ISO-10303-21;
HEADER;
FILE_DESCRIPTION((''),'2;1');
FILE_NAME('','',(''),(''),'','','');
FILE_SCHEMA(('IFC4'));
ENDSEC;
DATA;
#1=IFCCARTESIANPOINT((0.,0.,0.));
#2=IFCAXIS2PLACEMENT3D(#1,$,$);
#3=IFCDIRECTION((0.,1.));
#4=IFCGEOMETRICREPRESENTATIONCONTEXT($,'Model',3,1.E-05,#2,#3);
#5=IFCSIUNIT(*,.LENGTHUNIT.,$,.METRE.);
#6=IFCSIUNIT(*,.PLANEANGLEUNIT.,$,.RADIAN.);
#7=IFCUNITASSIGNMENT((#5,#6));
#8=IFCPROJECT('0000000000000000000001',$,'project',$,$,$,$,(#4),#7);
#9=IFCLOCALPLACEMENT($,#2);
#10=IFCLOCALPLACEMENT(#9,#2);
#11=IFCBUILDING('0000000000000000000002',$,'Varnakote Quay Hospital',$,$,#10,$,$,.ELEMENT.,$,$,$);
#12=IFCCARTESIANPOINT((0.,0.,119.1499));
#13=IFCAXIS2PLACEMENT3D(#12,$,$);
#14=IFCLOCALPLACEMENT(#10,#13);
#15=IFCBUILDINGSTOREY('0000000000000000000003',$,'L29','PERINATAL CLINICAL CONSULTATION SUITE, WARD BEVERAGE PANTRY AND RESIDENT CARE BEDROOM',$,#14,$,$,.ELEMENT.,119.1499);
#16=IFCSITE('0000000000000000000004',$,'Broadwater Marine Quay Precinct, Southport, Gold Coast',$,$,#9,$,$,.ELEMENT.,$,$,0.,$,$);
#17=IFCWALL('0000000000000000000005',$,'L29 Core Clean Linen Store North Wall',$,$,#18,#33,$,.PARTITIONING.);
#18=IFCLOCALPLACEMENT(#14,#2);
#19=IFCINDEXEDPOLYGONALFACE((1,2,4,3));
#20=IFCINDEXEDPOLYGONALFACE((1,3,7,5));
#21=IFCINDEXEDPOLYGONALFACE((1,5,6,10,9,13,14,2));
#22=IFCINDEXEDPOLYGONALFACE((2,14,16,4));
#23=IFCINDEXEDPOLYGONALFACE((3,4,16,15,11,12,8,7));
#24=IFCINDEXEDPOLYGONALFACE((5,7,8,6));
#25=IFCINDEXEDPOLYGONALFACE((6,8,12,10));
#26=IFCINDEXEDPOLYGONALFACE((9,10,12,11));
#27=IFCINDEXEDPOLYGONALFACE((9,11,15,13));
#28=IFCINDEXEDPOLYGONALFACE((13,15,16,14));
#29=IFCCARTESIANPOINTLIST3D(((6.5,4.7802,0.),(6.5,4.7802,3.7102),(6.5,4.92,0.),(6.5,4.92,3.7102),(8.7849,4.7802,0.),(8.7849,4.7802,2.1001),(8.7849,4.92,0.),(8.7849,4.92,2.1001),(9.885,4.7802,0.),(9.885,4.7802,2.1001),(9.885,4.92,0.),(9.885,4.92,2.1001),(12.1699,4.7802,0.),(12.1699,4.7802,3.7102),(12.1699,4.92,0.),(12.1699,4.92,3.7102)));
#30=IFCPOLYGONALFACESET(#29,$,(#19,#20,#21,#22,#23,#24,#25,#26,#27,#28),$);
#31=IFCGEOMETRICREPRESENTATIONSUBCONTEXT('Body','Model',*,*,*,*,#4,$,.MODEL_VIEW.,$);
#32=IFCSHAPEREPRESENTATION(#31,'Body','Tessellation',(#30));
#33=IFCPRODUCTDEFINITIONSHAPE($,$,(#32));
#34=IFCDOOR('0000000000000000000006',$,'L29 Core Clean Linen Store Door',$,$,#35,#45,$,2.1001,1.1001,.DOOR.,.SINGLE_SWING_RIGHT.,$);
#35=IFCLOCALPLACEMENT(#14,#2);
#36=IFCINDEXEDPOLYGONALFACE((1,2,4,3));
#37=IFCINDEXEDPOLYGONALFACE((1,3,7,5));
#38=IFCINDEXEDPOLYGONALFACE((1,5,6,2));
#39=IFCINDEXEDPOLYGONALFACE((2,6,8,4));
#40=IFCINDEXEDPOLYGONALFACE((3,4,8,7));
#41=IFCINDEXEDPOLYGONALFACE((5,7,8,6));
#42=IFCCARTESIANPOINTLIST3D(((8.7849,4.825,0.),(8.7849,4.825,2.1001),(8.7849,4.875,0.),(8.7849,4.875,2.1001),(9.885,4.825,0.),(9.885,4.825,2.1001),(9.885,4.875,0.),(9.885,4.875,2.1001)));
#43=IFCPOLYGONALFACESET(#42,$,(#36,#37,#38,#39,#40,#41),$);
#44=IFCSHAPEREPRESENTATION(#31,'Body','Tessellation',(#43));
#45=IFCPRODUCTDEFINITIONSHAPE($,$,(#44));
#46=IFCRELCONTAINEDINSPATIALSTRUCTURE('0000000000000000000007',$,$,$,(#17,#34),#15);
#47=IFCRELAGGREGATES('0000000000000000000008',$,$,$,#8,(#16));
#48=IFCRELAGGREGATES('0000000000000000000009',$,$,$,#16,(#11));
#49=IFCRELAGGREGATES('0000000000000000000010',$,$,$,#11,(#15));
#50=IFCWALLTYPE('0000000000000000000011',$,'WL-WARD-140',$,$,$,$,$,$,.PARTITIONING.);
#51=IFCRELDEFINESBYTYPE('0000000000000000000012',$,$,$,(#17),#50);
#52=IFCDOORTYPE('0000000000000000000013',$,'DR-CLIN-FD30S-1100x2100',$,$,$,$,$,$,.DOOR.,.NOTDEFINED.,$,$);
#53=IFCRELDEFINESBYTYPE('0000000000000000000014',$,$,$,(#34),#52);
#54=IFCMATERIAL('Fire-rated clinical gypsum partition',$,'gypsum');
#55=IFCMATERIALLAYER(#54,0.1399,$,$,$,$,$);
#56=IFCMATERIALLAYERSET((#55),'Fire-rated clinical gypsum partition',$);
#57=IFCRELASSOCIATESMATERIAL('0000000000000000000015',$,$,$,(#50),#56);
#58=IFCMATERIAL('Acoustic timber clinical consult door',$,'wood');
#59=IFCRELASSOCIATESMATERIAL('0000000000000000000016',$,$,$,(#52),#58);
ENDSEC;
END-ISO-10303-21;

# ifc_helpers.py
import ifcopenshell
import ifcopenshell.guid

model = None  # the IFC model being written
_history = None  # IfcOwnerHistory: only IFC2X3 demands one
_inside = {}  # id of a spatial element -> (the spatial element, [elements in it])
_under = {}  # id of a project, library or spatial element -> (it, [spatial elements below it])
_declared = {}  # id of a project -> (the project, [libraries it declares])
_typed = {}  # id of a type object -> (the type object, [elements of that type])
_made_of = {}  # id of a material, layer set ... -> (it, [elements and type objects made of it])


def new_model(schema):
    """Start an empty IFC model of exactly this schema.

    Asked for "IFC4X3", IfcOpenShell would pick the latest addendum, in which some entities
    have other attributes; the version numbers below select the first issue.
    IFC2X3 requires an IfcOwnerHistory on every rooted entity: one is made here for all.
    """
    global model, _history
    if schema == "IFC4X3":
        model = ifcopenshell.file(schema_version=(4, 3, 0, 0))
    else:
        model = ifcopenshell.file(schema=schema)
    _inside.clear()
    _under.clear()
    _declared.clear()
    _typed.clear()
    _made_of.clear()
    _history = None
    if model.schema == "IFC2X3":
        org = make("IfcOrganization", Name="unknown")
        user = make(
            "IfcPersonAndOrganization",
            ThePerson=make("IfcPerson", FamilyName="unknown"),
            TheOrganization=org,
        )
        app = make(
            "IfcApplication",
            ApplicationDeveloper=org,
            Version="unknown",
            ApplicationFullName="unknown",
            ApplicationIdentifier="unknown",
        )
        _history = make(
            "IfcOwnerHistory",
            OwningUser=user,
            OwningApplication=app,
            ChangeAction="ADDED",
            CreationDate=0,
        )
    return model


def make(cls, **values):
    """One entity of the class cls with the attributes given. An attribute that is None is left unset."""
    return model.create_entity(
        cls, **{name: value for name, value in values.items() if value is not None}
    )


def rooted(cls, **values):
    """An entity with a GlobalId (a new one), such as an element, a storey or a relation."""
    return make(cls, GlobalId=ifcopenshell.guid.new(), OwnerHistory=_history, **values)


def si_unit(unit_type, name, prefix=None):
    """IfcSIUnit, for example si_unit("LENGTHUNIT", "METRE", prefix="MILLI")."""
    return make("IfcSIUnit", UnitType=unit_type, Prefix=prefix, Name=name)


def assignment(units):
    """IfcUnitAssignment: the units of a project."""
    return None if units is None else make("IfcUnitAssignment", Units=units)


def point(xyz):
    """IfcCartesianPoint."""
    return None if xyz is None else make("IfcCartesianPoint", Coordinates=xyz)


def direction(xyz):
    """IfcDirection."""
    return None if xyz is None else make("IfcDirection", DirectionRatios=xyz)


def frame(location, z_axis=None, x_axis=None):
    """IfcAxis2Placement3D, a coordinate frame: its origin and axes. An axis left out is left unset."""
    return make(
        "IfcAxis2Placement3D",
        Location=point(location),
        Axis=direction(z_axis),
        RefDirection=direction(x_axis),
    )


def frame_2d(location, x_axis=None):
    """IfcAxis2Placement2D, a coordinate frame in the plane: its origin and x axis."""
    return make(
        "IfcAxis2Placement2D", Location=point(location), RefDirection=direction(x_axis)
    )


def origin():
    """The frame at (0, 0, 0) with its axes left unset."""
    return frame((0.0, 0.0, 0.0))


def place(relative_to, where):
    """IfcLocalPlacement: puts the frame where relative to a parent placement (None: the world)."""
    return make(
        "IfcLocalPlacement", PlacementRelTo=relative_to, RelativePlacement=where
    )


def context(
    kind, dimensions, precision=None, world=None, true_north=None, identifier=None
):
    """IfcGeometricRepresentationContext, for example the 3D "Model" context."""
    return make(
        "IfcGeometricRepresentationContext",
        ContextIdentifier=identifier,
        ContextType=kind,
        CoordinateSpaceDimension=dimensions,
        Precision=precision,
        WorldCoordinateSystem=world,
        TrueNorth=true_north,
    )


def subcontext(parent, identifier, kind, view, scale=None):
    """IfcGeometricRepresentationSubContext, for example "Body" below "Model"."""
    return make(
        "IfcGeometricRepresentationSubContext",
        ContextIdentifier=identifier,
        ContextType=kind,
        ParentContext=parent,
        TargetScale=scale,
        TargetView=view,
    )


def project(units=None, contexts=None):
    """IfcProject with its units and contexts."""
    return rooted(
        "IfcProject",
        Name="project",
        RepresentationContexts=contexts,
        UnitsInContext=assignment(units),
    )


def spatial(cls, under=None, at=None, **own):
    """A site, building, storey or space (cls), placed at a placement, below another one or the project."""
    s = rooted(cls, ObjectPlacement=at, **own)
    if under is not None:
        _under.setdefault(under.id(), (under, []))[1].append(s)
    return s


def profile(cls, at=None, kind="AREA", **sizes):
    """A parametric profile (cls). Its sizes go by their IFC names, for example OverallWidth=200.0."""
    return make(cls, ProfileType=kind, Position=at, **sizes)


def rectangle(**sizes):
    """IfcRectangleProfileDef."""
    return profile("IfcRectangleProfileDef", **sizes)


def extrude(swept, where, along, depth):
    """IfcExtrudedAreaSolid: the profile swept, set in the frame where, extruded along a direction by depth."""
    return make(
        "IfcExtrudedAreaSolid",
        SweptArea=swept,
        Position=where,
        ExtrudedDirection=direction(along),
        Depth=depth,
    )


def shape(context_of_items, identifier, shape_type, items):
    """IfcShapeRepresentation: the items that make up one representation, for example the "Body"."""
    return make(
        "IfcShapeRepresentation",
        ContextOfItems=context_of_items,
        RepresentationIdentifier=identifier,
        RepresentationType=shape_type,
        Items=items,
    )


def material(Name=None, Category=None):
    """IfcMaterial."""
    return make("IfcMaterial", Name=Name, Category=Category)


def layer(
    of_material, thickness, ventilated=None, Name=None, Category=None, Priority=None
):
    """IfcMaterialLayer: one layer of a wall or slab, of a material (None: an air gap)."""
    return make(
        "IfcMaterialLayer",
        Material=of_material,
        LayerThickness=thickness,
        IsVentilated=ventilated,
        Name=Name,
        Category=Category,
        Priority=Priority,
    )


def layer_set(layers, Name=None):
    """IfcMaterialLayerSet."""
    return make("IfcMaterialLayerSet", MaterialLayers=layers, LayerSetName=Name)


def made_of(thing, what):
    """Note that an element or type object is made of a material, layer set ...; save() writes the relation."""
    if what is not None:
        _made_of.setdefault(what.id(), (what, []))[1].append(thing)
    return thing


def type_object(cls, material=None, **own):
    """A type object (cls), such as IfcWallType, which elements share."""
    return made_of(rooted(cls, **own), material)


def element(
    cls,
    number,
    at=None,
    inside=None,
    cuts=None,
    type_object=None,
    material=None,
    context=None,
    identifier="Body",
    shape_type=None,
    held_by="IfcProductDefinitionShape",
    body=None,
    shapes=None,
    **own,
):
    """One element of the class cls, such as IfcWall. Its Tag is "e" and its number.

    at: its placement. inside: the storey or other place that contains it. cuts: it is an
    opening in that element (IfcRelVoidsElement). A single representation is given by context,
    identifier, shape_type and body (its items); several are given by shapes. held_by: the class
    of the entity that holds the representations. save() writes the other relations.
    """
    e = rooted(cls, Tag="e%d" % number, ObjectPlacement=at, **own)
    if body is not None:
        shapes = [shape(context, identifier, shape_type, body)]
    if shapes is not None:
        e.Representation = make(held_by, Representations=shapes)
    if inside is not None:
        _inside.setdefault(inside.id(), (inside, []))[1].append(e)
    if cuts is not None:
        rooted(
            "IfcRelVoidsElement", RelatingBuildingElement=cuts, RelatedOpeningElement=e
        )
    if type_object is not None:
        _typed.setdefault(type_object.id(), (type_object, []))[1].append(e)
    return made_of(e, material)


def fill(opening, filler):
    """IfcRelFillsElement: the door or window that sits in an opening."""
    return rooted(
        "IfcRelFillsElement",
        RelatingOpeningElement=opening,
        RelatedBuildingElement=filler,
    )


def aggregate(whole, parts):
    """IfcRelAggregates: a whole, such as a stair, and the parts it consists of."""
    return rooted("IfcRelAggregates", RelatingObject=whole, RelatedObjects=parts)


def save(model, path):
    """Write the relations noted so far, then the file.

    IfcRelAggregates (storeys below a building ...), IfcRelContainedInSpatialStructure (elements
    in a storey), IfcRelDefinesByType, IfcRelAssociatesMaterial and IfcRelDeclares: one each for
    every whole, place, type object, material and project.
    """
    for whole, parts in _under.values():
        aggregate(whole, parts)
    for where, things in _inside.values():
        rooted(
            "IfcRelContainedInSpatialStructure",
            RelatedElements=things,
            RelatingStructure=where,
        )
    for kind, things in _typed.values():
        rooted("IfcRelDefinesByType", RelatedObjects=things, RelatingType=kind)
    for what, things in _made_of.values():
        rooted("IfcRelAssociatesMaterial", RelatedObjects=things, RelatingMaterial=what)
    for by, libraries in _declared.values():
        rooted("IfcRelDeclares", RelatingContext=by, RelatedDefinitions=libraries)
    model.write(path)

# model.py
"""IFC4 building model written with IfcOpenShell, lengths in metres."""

from ifc_helpers import new_model, si_unit, direction, frame, frame_2d, origin, place, context, subcontext, project, spatial, rectangle, extrude, material, layer, layer_set, type_object, element, fill, save


model = new_model("IFC4")

# Units and contexts
model_context = context("Model", 3, precision=1e-05, world=origin(), true_north=direction((0.0, 1.0)))
body_context = subcontext(model_context, "Body", "Model", "MODEL_VIEW")
ifc_project = project(units=[si_unit("LENGTHUNIT", "METRE"), si_unit("PLANEANGLEUNIT", "RADIAN")], contexts=[model_context])

# Site, building, storey
site_placement = place(None, origin())
site = spatial("IfcSite", under=ifc_project, at=site_placement, Name="Broadwater Marine Quay Precinct, Southport, Gold Coast", CompositionType="ELEMENT", RefElevation=0.0)
building_placement = place(site_placement, origin())
building = spatial("IfcBuilding", under=site, at=building_placement, Name="Varnakote Quay Hospital", CompositionType="ELEMENT")
storey_placement = place(building_placement, frame((0.0, 0.0, 119.1499)))
storey = spatial("IfcBuildingStorey", under=building, at=storey_placement, Name="L29", Description="PERINATAL CLINICAL CONSULTATION SUITE, WARD BEVERAGE PANTRY AND RESIDENT CARE BEDROOM", CompositionType="ELEMENT", Elevation=119.1499)

# Wall, opening, door
ifc_material_1 = material(Name="Fire-rated clinical gypsum partition", Category="gypsum")
ifc_layer_1 = layer(ifc_material_1, 0.1399)
ifc_layer_set_1 = layer_set([ifc_layer_1], Name="Fire-rated clinical gypsum partition")
wall_type_1 = type_object("IfcWallType", Name="WL-WARD-140", PredefinedType="PARTITIONING", material=ifc_layer_set_1)
wall_1_placement = place(storey_placement, frame((6.5, 4.8501, 0.0), z_axis=(0.0, 0.0, 1.0), x_axis=(1.0, 0.0, 0.0)))
wall_1 = element("IfcWall", 1, at=wall_1_placement, inside=storey, type_object=wall_type_1, Name="L29 Core Clean Linen Store North Wall", PredefinedType="PARTITIONING", context=body_context, shape_type="SweptSolid", body=[
    extrude(rectangle(XDim=5.6699, YDim=0.1399, at=frame_2d((2.835, 0.0))), origin(), (0.0, 0.0, 1.0), 3.7102),
])
opening_1_placement = place(wall_1_placement, frame((2.2849, 0.0, 0.0)))
opening_1 = element("IfcOpeningElement", 2, at=opening_1_placement, cuts=wall_1, PredefinedType="OPENING", context=body_context, shape_type="SweptSolid", body=[
    extrude(rectangle(XDim=1.1001, YDim=2.1001, at=frame_2d((0.55, 1.05))), frame((0.0, 0.0798, 0.0), z_axis=(0.0, -1.0, 0.0), x_axis=(1.0, 0.0, 0.0)), (0.0, 0.0, 1.0), 0.1599),
])
ifc_material_2 = material(Name="Acoustic timber clinical consult door", Category="wood")
door_type = type_object("IfcDoorType", Name="DR-CLIN-FD30S-1100x2100", OperationType="NOTDEFINED", PredefinedType="DOOR", material=ifc_material_2)
door_placement = place(opening_1_placement, origin())
door = element("IfcDoor", 3, at=door_placement, inside=storey, type_object=door_type, Name="L29 Core Clean Linen Store Door", OperationType="SINGLE_SWING_RIGHT", OverallHeight=2.1001, OverallWidth=1.1001, PredefinedType="DOOR", context=body_context, shape_type="SweptSolid", body=[
    extrude(rectangle(XDim=1.1001, YDim=2.1001, at=frame_2d((0.55, 1.05))), frame((0.0, 0.0249, 0.0), z_axis=(0.0, -1.0, 0.0), x_axis=(1.0, 0.0, 0.0)), (0.0, 0.0, 1.0), 0.05),
])
fill(opening_1, door)

save(model, "model.ifc")
